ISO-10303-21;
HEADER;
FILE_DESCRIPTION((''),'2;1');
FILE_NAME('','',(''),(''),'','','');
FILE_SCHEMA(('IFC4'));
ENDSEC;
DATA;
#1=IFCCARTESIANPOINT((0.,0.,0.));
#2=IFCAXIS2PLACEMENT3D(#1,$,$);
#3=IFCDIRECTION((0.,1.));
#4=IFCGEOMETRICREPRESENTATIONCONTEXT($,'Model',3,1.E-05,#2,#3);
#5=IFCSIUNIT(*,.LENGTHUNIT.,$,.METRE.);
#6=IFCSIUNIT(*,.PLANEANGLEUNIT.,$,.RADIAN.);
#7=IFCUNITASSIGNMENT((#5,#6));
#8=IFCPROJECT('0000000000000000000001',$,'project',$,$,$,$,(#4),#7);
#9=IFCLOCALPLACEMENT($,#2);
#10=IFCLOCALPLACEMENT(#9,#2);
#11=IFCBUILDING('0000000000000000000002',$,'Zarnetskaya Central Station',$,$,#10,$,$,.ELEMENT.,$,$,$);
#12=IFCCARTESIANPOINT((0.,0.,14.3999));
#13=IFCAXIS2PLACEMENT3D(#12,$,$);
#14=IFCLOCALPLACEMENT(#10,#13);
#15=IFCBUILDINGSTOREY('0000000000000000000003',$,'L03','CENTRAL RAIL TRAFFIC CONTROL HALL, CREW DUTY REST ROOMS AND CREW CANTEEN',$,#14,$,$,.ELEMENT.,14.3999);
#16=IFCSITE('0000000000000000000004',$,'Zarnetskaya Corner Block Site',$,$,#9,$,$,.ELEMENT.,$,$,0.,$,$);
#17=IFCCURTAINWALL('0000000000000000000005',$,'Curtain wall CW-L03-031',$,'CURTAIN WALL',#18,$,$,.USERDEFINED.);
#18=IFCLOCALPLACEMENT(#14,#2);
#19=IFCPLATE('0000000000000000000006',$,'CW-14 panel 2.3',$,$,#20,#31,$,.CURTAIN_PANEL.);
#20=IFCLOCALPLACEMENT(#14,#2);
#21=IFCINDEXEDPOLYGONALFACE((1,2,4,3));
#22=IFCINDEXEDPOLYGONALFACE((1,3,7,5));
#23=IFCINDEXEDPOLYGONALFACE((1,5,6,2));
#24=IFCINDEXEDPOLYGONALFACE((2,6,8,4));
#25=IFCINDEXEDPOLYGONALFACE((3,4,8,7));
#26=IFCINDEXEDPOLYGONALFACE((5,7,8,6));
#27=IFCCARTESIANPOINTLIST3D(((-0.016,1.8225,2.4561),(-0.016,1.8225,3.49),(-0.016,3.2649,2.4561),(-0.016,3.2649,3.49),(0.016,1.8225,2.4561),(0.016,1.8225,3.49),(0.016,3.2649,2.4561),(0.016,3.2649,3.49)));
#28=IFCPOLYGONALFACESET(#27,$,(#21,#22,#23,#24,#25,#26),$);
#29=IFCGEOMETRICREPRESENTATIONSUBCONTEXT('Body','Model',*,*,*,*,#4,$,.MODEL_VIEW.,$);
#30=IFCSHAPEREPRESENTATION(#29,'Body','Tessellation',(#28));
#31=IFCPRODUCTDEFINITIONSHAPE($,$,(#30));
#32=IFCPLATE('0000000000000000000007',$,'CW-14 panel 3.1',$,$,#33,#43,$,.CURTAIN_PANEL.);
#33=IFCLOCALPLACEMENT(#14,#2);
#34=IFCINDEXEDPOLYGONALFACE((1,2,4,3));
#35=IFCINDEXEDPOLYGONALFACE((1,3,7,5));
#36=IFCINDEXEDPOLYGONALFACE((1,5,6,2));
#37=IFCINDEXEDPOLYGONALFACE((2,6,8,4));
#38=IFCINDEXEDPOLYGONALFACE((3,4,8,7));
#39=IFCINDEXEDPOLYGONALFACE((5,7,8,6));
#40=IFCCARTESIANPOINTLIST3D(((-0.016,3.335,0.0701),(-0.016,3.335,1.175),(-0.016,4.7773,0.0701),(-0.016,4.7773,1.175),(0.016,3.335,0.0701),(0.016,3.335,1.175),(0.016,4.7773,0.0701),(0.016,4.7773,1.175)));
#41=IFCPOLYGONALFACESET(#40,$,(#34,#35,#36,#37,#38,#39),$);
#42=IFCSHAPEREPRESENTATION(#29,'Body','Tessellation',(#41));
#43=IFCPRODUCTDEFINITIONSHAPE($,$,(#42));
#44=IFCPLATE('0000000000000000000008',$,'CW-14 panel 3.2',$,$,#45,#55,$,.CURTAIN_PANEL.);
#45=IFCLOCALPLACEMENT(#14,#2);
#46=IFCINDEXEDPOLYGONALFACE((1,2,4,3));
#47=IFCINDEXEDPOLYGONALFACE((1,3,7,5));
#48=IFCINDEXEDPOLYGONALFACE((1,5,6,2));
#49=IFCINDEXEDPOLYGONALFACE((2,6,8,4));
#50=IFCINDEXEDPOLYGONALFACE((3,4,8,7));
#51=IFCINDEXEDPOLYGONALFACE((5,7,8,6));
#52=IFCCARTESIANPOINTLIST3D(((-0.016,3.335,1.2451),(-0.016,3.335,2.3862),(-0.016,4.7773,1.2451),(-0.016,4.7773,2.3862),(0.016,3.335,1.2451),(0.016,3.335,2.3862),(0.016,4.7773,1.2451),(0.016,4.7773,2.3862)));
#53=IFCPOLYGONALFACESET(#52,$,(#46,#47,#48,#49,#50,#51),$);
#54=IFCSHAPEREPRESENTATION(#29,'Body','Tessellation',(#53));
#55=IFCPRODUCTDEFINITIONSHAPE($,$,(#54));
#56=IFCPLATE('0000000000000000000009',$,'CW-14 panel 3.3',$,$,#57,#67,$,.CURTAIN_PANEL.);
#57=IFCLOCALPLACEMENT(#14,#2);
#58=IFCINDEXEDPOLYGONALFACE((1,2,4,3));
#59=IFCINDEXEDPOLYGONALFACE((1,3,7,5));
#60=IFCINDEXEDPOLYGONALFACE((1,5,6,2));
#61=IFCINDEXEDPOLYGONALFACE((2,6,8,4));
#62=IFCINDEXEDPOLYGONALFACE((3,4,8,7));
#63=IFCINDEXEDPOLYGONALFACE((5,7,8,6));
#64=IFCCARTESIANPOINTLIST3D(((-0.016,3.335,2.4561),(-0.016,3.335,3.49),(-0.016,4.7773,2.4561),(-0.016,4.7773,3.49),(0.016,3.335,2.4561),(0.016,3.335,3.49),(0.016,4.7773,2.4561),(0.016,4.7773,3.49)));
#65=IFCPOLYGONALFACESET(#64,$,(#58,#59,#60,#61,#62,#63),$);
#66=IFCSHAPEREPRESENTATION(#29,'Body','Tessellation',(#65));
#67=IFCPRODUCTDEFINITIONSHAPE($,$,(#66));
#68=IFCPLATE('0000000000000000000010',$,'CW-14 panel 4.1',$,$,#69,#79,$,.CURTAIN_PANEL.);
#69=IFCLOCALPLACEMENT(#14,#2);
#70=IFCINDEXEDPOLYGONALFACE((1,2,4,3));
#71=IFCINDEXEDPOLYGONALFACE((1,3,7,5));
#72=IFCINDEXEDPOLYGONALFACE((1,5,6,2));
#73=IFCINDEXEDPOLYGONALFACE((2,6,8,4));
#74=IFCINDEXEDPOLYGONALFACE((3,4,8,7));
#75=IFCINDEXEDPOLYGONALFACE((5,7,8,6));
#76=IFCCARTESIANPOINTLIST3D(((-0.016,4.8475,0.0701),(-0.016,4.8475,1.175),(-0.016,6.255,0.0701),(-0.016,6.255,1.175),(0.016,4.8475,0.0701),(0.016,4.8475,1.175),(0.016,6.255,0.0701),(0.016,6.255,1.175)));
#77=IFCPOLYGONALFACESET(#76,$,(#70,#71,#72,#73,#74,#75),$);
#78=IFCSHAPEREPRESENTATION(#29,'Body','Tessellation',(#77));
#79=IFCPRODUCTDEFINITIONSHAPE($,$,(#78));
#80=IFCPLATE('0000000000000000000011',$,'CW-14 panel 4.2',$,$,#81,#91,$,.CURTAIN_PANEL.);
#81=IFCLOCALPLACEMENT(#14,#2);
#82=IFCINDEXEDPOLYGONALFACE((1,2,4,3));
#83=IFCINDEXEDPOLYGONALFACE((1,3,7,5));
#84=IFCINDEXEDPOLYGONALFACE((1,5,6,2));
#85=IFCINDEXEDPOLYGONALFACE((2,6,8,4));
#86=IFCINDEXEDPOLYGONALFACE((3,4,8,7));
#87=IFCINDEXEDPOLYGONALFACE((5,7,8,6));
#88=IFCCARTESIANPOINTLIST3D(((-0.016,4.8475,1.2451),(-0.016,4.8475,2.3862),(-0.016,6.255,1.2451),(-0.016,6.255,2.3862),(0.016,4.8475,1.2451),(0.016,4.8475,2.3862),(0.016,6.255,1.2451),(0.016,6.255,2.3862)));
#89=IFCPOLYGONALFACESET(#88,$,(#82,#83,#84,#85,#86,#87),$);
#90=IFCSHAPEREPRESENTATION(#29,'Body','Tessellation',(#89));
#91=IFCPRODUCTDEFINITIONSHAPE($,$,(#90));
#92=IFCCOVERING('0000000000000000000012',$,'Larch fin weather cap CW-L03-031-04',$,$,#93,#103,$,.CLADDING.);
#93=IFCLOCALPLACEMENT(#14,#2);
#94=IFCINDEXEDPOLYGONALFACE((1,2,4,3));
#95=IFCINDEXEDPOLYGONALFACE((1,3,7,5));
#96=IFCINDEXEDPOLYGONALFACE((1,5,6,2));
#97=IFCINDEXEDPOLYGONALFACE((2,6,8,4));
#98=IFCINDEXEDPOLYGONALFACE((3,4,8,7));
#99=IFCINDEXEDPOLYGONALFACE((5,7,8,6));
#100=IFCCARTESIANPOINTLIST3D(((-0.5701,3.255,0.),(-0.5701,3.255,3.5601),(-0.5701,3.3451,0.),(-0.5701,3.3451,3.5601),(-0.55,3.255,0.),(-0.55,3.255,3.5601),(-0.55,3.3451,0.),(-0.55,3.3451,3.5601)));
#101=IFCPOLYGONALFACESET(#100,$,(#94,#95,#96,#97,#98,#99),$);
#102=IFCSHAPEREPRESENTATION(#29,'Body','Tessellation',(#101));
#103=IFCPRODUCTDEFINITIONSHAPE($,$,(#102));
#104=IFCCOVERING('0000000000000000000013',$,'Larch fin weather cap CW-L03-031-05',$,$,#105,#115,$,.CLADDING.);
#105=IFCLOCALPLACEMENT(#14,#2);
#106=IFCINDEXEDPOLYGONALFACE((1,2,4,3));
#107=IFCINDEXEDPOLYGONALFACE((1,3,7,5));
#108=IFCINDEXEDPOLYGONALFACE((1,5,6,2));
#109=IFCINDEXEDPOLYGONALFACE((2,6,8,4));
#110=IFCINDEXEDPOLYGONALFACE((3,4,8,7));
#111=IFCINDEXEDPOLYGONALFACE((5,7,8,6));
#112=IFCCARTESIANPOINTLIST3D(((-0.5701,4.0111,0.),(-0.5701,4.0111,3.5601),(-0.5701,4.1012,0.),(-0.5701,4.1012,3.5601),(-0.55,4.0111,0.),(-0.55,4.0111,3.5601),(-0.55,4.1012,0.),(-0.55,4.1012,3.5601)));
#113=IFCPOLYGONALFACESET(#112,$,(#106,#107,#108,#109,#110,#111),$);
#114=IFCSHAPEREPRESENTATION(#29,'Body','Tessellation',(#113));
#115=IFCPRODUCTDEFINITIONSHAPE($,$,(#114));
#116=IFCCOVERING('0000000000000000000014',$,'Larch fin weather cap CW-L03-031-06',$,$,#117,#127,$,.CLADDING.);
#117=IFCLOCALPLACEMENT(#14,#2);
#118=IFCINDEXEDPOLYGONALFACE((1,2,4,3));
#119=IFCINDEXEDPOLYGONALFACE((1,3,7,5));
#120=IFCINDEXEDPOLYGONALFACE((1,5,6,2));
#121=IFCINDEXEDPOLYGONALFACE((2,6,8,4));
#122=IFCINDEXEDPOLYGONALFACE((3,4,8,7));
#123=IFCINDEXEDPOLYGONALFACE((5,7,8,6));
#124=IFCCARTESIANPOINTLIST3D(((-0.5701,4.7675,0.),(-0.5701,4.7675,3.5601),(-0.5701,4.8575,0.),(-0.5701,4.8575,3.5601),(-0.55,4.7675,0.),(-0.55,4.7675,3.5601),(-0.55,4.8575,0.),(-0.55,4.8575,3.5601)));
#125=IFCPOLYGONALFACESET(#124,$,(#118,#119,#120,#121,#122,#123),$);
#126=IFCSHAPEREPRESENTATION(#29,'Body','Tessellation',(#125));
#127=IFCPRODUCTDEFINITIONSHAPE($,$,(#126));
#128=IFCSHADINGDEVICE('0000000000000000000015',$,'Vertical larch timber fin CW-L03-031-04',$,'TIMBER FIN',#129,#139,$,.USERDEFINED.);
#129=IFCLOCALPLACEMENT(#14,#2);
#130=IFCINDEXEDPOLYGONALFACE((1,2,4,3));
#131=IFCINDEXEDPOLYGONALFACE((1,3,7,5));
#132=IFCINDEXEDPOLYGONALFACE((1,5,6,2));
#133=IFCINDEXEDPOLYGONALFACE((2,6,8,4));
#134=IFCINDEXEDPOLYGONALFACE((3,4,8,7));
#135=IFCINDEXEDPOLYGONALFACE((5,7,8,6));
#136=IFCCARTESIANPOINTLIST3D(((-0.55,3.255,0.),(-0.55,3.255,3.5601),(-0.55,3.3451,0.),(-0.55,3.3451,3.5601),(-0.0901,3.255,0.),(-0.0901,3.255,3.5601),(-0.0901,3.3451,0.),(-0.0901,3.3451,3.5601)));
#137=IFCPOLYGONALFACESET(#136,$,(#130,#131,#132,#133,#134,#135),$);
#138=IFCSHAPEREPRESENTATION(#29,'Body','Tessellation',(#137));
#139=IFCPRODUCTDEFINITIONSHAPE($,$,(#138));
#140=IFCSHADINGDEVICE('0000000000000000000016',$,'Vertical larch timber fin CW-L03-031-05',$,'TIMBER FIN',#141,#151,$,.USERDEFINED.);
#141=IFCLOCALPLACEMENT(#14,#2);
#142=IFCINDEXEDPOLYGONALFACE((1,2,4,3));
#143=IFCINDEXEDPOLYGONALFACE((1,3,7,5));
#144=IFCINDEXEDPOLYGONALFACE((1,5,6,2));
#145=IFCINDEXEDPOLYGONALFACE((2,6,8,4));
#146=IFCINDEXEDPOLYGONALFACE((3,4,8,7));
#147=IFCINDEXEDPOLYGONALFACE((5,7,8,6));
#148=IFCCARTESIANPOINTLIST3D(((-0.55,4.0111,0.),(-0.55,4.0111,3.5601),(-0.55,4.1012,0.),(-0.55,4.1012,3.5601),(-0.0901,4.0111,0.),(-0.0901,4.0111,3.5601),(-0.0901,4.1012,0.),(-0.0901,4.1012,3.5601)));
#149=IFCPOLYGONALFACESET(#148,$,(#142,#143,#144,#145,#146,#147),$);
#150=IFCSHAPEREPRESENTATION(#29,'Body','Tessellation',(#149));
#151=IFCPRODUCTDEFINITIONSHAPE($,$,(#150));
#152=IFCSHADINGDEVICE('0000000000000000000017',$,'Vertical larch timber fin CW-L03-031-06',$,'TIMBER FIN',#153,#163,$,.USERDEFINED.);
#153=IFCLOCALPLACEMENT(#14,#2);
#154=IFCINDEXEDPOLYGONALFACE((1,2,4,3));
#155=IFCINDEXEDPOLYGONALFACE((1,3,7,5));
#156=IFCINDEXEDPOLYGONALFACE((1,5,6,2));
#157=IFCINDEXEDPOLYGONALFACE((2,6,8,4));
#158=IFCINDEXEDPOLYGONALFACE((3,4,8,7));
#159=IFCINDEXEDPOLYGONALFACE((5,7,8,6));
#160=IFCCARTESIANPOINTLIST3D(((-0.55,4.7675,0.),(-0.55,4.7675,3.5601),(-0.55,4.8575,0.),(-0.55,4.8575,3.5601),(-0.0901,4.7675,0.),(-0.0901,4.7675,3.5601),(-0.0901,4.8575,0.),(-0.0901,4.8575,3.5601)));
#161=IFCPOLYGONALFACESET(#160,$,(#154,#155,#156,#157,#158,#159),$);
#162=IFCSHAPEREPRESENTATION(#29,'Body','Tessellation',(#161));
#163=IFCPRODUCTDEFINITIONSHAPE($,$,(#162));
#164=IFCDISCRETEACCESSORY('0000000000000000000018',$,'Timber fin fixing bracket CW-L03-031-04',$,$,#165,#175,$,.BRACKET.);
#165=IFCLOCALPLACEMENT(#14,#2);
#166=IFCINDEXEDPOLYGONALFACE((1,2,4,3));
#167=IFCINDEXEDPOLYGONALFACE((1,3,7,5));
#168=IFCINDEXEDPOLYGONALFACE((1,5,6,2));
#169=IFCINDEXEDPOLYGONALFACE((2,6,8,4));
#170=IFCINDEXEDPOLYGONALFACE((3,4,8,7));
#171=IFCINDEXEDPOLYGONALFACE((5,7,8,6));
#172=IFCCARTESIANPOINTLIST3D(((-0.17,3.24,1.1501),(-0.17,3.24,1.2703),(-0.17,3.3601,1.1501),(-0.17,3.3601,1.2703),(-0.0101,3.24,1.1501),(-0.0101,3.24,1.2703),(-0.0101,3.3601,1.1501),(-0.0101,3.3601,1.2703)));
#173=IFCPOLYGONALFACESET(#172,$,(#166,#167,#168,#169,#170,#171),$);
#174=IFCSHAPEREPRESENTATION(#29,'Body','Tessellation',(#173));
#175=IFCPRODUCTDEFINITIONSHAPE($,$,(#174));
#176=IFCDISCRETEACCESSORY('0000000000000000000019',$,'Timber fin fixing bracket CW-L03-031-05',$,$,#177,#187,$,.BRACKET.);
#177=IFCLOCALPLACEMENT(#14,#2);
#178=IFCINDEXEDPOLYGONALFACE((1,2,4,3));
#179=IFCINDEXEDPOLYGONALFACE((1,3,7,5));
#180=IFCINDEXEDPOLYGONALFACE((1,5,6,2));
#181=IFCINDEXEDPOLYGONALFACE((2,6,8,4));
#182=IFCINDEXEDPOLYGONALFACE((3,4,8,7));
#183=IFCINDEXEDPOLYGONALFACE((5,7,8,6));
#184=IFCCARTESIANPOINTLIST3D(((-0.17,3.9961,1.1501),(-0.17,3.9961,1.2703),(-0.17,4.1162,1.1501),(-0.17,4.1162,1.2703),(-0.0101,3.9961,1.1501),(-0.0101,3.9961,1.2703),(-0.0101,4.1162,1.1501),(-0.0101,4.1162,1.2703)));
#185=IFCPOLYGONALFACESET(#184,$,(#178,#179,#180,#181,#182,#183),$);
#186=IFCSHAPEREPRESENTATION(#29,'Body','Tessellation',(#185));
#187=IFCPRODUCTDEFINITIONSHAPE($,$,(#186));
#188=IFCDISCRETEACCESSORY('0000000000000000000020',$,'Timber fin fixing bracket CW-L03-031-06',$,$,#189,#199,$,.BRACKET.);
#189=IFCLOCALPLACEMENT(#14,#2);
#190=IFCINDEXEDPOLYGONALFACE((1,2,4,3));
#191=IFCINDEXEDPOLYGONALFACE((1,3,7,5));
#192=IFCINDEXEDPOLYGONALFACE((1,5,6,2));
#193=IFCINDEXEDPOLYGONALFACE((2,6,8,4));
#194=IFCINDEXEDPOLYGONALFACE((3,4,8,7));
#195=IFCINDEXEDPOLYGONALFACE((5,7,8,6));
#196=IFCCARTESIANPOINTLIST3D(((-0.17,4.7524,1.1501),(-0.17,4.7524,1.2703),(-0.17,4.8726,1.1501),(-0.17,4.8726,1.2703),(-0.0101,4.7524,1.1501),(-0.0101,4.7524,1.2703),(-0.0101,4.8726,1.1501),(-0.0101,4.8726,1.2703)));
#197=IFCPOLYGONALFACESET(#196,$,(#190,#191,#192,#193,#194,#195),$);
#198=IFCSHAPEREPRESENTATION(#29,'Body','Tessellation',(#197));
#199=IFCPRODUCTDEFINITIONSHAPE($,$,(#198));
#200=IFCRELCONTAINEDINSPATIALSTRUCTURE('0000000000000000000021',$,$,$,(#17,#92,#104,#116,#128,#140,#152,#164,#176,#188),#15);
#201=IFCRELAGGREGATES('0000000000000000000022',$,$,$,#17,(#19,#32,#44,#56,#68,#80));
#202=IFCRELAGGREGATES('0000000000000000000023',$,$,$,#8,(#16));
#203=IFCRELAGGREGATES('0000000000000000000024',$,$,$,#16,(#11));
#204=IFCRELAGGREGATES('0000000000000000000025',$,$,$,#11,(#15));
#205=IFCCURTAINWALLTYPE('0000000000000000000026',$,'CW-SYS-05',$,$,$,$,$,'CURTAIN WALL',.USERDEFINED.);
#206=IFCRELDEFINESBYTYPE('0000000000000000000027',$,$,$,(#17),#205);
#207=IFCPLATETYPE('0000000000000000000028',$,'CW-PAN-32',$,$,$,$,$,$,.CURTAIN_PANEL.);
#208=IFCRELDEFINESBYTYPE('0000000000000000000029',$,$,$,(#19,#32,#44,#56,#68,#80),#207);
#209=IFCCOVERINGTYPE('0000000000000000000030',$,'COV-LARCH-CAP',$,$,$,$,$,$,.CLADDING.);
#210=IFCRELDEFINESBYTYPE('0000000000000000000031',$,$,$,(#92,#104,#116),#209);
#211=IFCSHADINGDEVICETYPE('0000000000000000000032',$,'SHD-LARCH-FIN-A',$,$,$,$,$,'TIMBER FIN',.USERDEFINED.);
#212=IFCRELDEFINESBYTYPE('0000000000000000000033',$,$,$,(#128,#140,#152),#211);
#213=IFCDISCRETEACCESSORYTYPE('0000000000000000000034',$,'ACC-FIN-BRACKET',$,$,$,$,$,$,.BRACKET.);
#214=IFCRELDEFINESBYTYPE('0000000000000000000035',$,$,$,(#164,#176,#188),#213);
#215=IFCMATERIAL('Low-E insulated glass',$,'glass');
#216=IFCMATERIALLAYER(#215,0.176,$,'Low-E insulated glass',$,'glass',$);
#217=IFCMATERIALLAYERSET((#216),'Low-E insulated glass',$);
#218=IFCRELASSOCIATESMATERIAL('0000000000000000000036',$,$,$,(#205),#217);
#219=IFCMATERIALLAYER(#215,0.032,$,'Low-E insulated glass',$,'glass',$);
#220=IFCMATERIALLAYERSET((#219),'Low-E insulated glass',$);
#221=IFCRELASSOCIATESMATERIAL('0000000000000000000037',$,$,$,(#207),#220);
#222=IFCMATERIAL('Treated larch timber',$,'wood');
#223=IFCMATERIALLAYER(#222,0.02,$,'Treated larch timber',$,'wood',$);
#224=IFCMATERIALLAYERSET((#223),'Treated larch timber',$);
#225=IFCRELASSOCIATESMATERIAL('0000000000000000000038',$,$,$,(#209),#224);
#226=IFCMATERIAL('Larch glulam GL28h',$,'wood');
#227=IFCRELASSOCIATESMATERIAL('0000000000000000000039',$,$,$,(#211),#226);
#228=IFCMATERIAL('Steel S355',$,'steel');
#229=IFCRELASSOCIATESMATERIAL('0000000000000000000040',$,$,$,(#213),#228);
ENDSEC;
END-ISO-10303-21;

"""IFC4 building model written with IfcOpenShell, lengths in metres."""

from ifc_helpers import new_model, si_unit, direction, frame, origin, origin_2d, place, context, subcontext, project, spatial, rectangle, extrude, material, layer, layer_set, type_object, element, aggregate, save


model = new_model("IFC4")

# Units and contexts
model_context = context("Model", 3, precision=1e-05, world=origin(), true_north=direction((0.0, 1.0)))
body_context = subcontext(model_context, "Body", "Model", "MODEL_VIEW")
ifc_project = project(units=[si_unit("LENGTHUNIT", "METRE"), si_unit("PLANEANGLEUNIT", "RADIAN")], contexts=[model_context])

# Site, building, storey
site_placement = place(None, origin())
site = spatial("IfcSite", under=ifc_project, at=site_placement, Name="Zarnetskaya Corner Block Site", CompositionType="ELEMENT", RefElevation=0.0)
building_placement = place(site_placement, origin())
building = spatial("IfcBuilding", under=site, at=building_placement, Name="Zarnetskaya Central Station", CompositionType="ELEMENT")
storey_placement = place(building_placement, frame((0.0, 0.0, 14.3999)))
storey = spatial("IfcBuildingStorey", under=building, at=storey_placement, Name="L03", Description="CENTRAL RAIL TRAFFIC CONTROL HALL, CREW DUTY REST ROOMS AND CREW CANTEEN", CompositionType="ELEMENT", Elevation=14.3999)

# Shared definitions
ifc_material_1 = material(Name="Steel S355", Category="steel")

# Curtain wall, plates
ifc_material_2 = material(Name="Low-E insulated glass", Category="glass")
ifc_layer_1 = layer(ifc_material_2, 0.176, Name="Low-E insulated glass", Category="glass")
ifc_layer_set_1 = layer_set([ifc_layer_1], Name="Low-E insulated glass")
curtain_wall_type = type_object("IfcCurtainWallType", Name="CW-SYS-05", ElementType="CURTAIN WALL", PredefinedType="USERDEFINED", material=ifc_layer_set_1)
curtain_wall_placement = place(storey_placement, origin())
curtain_wall = element("IfcCurtainWall", 1, at=curtain_wall_placement, inside=storey, type_object=curtain_wall_type, Name="Curtain wall CW-L03-031", ObjectType="CURTAIN WALL", PredefinedType="USERDEFINED")
ifc_layer_2 = layer(ifc_material_2, 0.032, Name="Low-E insulated glass", Category="glass")
ifc_layer_set_2 = layer_set([ifc_layer_2], Name="Low-E insulated glass")
plate_type = type_object("IfcPlateType", Name="CW-PAN-32", PredefinedType="CURTAIN_PANEL", material=ifc_layer_set_2)
plate_1_placement = place(storey_placement, frame((0.0, 2.5437, 2.4561), z_axis=(0.0, 0.0, 1.0), x_axis=(0.0, 1.0, 0.0)))
plate_1 = element("IfcPlate", 2, at=plate_1_placement, type_object=plate_type, Name="CW-14 panel 2.3", PredefinedType="CURTAIN_PANEL", context=body_context, shape_type="SweptSolid", body=[
    extrude(rectangle(XDim=1.4424, YDim=0.032, at=origin_2d()), origin(), (0.0, 0.0, 1.0), 1.0339),
])
plate_2_placement = place(storey_placement, frame((0.0, 4.0562, 0.0701), z_axis=(0.0, 0.0, 1.0), x_axis=(0.0, 1.0, 0.0)))
plate_2 = element("IfcPlate", 3, at=plate_2_placement, type_object=plate_type, Name="CW-14 panel 3.1", PredefinedType="CURTAIN_PANEL", context=body_context, shape_type="SweptSolid", body=[
    extrude(rectangle(XDim=1.4424, YDim=0.032, at=origin_2d()), origin(), (0.0, 0.0, 1.0), 1.105),
])
plate_3_placement = place(storey_placement, frame((0.0, 4.0562, 1.2451), z_axis=(0.0, 0.0, 1.0), x_axis=(0.0, 1.0, 0.0)))
plate_3 = element("IfcPlate", 4, at=plate_3_placement, type_object=plate_type, Name="CW-14 panel 3.2", PredefinedType="CURTAIN_PANEL", context=body_context, shape_type="SweptSolid", body=[
    extrude(rectangle(XDim=1.4424, YDim=0.032, at=origin_2d()), origin(), (0.0, 0.0, 1.0), 1.1411),
])
plate_4_placement = place(storey_placement, frame((0.0, 4.0562, 2.4561), z_axis=(0.0, 0.0, 1.0), x_axis=(0.0, 1.0, 0.0)))
plate_4 = element("IfcPlate", 5, at=plate_4_placement, type_object=plate_type, Name="CW-14 panel 3.3", PredefinedType="CURTAIN_PANEL", context=body_context, shape_type="SweptSolid", body=[
    extrude(rectangle(XDim=1.4424, YDim=0.032, at=origin_2d()), origin(), (0.0, 0.0, 1.0), 1.0339),
])
plate_5_placement = place(storey_placement, frame((0.0, 5.5513, 0.0701), z_axis=(0.0, 0.0, 1.0), x_axis=(0.0, 1.0, 0.0)))
plate_5 = element("IfcPlate", 6, at=plate_5_placement, type_object=plate_type, Name="CW-14 panel 4.1", PredefinedType="CURTAIN_PANEL", context=body_context, shape_type="SweptSolid", body=[
    extrude(rectangle(XDim=1.4075, YDim=0.032, at=origin_2d()), origin(), (0.0, 0.0, 1.0), 1.105),
])
plate_6_placement = place(storey_placement, frame((0.0, 5.5513, 1.2451), z_axis=(0.0, 0.0, 1.0), x_axis=(0.0, 1.0, 0.0)))
plate_6 = element("IfcPlate", 7, at=plate_6_placement, type_object=plate_type, Name="CW-14 panel 4.2", PredefinedType="CURTAIN_PANEL", context=body_context, shape_type="SweptSolid", body=[
    extrude(rectangle(XDim=1.4075, YDim=0.032, at=origin_2d()), origin(), (0.0, 0.0, 1.0), 1.1411),
])
aggregate(curtain_wall, [plate_1, plate_2, plate_3, plate_4, plate_5, plate_6])

# Coverings
ifc_material_3 = material(Name="Treated larch timber", Category="wood")
ifc_layer_3 = layer(ifc_material_3, 0.02, Name="Treated larch timber", Category="wood")
ifc_layer_set_3 = layer_set([ifc_layer_3], Name="Treated larch timber")
covering_type = type_object("IfcCoveringType", Name="COV-LARCH-CAP", PredefinedType="CLADDING", material=ifc_layer_set_3)
for number, where, z_axis, x_axis, name in (
    (8, (-0.5601, 3.3, 0.0), (0.0, 0.0, 1.0), (0.0, 1.0, 0.0), "Larch fin weather cap CW-L03-031-04"),
    (9, (-0.5601, 4.0562, 0.0), (0.0, 0.0, 1.0), (0.0, 1.0, 0.0), "Larch fin weather cap CW-L03-031-05"),
    (10, (-0.5601, 4.8125, 0.0), (0.0, 0.0, 1.0), (0.0, 1.0, 0.0), "Larch fin weather cap CW-L03-031-06"),
):
    element("IfcCovering", number, at=place(storey_placement, frame(where, z_axis=z_axis, x_axis=x_axis)), inside=storey, type_object=covering_type, Name=name, PredefinedType="CLADDING", context=body_context, shape_type="SweptSolid", body=[
        extrude(rectangle(XDim=0.0901, YDim=0.02, at=origin_2d()), origin(), (0.0, 0.0, 1.0), 3.5601),
    ])

# Shading devices
ifc_material_4 = material(Name="Larch glulam GL28h", Category="wood")
shading_device_type = type_object("IfcShadingDeviceType", Name="SHD-LARCH-FIN-A", ElementType="TIMBER FIN", PredefinedType="USERDEFINED", material=ifc_material_4)
for number, where, z_axis, x_axis, name in (
    (11, (-0.3201, 3.3, 0.0), (0.0, 0.0, 1.0), (0.0, 1.0, 0.0), "Vertical larch timber fin CW-L03-031-04"),
    (12, (-0.3201, 4.0562, 0.0), (0.0, 0.0, 1.0), (0.0, 1.0, 0.0), "Vertical larch timber fin CW-L03-031-05"),
    (13, (-0.3201, 4.8125, 0.0), (0.0, 0.0, 1.0), (0.0, 1.0, 0.0), "Vertical larch timber fin CW-L03-031-06"),
):
    element("IfcShadingDevice", number, at=place(storey_placement, frame(where, z_axis=z_axis, x_axis=x_axis)), inside=storey, type_object=shading_device_type, Name=name, ObjectType="TIMBER FIN", PredefinedType="USERDEFINED", context=body_context, shape_type="SweptSolid", body=[
        extrude(rectangle(XDim=0.0901, YDim=0.46, at=origin_2d()), origin(), (0.0, 0.0, 1.0), 3.5601),
    ])

# Discrete accessories
discrete_accessory_type = type_object("IfcDiscreteAccessoryType", Name="ACC-FIN-BRACKET", PredefinedType="BRACKET", material=ifc_material_1)
for number, where, z_axis, x_axis, name in (
    (14, (-0.0901, 3.3, 1.1501), (0.0, 0.0, 1.0), (0.0, 1.0, 0.0), "Timber fin fixing bracket CW-L03-031-04"),
    (15, (-0.0901, 4.0562, 1.1501), (0.0, 0.0, 1.0), (0.0, 1.0, 0.0), "Timber fin fixing bracket CW-L03-031-05"),
    (16, (-0.0901, 4.8125, 1.1501), (0.0, 0.0, 1.0), (0.0, 1.0, 0.0), "Timber fin fixing bracket CW-L03-031-06"),
):
    element("IfcDiscreteAccessory", number, at=place(storey_placement, frame(where, z_axis=z_axis, x_axis=x_axis)), inside=storey, type_object=discrete_accessory_type, Name=name, PredefinedType="BRACKET", context=body_context, shape_type="SweptSolid", body=[
        extrude(rectangle(XDim=0.1201, YDim=0.1599, at=origin_2d()), origin(), (0.0, 0.0, 1.0), 0.1201),
    ])

save(model, "model.ifc")
